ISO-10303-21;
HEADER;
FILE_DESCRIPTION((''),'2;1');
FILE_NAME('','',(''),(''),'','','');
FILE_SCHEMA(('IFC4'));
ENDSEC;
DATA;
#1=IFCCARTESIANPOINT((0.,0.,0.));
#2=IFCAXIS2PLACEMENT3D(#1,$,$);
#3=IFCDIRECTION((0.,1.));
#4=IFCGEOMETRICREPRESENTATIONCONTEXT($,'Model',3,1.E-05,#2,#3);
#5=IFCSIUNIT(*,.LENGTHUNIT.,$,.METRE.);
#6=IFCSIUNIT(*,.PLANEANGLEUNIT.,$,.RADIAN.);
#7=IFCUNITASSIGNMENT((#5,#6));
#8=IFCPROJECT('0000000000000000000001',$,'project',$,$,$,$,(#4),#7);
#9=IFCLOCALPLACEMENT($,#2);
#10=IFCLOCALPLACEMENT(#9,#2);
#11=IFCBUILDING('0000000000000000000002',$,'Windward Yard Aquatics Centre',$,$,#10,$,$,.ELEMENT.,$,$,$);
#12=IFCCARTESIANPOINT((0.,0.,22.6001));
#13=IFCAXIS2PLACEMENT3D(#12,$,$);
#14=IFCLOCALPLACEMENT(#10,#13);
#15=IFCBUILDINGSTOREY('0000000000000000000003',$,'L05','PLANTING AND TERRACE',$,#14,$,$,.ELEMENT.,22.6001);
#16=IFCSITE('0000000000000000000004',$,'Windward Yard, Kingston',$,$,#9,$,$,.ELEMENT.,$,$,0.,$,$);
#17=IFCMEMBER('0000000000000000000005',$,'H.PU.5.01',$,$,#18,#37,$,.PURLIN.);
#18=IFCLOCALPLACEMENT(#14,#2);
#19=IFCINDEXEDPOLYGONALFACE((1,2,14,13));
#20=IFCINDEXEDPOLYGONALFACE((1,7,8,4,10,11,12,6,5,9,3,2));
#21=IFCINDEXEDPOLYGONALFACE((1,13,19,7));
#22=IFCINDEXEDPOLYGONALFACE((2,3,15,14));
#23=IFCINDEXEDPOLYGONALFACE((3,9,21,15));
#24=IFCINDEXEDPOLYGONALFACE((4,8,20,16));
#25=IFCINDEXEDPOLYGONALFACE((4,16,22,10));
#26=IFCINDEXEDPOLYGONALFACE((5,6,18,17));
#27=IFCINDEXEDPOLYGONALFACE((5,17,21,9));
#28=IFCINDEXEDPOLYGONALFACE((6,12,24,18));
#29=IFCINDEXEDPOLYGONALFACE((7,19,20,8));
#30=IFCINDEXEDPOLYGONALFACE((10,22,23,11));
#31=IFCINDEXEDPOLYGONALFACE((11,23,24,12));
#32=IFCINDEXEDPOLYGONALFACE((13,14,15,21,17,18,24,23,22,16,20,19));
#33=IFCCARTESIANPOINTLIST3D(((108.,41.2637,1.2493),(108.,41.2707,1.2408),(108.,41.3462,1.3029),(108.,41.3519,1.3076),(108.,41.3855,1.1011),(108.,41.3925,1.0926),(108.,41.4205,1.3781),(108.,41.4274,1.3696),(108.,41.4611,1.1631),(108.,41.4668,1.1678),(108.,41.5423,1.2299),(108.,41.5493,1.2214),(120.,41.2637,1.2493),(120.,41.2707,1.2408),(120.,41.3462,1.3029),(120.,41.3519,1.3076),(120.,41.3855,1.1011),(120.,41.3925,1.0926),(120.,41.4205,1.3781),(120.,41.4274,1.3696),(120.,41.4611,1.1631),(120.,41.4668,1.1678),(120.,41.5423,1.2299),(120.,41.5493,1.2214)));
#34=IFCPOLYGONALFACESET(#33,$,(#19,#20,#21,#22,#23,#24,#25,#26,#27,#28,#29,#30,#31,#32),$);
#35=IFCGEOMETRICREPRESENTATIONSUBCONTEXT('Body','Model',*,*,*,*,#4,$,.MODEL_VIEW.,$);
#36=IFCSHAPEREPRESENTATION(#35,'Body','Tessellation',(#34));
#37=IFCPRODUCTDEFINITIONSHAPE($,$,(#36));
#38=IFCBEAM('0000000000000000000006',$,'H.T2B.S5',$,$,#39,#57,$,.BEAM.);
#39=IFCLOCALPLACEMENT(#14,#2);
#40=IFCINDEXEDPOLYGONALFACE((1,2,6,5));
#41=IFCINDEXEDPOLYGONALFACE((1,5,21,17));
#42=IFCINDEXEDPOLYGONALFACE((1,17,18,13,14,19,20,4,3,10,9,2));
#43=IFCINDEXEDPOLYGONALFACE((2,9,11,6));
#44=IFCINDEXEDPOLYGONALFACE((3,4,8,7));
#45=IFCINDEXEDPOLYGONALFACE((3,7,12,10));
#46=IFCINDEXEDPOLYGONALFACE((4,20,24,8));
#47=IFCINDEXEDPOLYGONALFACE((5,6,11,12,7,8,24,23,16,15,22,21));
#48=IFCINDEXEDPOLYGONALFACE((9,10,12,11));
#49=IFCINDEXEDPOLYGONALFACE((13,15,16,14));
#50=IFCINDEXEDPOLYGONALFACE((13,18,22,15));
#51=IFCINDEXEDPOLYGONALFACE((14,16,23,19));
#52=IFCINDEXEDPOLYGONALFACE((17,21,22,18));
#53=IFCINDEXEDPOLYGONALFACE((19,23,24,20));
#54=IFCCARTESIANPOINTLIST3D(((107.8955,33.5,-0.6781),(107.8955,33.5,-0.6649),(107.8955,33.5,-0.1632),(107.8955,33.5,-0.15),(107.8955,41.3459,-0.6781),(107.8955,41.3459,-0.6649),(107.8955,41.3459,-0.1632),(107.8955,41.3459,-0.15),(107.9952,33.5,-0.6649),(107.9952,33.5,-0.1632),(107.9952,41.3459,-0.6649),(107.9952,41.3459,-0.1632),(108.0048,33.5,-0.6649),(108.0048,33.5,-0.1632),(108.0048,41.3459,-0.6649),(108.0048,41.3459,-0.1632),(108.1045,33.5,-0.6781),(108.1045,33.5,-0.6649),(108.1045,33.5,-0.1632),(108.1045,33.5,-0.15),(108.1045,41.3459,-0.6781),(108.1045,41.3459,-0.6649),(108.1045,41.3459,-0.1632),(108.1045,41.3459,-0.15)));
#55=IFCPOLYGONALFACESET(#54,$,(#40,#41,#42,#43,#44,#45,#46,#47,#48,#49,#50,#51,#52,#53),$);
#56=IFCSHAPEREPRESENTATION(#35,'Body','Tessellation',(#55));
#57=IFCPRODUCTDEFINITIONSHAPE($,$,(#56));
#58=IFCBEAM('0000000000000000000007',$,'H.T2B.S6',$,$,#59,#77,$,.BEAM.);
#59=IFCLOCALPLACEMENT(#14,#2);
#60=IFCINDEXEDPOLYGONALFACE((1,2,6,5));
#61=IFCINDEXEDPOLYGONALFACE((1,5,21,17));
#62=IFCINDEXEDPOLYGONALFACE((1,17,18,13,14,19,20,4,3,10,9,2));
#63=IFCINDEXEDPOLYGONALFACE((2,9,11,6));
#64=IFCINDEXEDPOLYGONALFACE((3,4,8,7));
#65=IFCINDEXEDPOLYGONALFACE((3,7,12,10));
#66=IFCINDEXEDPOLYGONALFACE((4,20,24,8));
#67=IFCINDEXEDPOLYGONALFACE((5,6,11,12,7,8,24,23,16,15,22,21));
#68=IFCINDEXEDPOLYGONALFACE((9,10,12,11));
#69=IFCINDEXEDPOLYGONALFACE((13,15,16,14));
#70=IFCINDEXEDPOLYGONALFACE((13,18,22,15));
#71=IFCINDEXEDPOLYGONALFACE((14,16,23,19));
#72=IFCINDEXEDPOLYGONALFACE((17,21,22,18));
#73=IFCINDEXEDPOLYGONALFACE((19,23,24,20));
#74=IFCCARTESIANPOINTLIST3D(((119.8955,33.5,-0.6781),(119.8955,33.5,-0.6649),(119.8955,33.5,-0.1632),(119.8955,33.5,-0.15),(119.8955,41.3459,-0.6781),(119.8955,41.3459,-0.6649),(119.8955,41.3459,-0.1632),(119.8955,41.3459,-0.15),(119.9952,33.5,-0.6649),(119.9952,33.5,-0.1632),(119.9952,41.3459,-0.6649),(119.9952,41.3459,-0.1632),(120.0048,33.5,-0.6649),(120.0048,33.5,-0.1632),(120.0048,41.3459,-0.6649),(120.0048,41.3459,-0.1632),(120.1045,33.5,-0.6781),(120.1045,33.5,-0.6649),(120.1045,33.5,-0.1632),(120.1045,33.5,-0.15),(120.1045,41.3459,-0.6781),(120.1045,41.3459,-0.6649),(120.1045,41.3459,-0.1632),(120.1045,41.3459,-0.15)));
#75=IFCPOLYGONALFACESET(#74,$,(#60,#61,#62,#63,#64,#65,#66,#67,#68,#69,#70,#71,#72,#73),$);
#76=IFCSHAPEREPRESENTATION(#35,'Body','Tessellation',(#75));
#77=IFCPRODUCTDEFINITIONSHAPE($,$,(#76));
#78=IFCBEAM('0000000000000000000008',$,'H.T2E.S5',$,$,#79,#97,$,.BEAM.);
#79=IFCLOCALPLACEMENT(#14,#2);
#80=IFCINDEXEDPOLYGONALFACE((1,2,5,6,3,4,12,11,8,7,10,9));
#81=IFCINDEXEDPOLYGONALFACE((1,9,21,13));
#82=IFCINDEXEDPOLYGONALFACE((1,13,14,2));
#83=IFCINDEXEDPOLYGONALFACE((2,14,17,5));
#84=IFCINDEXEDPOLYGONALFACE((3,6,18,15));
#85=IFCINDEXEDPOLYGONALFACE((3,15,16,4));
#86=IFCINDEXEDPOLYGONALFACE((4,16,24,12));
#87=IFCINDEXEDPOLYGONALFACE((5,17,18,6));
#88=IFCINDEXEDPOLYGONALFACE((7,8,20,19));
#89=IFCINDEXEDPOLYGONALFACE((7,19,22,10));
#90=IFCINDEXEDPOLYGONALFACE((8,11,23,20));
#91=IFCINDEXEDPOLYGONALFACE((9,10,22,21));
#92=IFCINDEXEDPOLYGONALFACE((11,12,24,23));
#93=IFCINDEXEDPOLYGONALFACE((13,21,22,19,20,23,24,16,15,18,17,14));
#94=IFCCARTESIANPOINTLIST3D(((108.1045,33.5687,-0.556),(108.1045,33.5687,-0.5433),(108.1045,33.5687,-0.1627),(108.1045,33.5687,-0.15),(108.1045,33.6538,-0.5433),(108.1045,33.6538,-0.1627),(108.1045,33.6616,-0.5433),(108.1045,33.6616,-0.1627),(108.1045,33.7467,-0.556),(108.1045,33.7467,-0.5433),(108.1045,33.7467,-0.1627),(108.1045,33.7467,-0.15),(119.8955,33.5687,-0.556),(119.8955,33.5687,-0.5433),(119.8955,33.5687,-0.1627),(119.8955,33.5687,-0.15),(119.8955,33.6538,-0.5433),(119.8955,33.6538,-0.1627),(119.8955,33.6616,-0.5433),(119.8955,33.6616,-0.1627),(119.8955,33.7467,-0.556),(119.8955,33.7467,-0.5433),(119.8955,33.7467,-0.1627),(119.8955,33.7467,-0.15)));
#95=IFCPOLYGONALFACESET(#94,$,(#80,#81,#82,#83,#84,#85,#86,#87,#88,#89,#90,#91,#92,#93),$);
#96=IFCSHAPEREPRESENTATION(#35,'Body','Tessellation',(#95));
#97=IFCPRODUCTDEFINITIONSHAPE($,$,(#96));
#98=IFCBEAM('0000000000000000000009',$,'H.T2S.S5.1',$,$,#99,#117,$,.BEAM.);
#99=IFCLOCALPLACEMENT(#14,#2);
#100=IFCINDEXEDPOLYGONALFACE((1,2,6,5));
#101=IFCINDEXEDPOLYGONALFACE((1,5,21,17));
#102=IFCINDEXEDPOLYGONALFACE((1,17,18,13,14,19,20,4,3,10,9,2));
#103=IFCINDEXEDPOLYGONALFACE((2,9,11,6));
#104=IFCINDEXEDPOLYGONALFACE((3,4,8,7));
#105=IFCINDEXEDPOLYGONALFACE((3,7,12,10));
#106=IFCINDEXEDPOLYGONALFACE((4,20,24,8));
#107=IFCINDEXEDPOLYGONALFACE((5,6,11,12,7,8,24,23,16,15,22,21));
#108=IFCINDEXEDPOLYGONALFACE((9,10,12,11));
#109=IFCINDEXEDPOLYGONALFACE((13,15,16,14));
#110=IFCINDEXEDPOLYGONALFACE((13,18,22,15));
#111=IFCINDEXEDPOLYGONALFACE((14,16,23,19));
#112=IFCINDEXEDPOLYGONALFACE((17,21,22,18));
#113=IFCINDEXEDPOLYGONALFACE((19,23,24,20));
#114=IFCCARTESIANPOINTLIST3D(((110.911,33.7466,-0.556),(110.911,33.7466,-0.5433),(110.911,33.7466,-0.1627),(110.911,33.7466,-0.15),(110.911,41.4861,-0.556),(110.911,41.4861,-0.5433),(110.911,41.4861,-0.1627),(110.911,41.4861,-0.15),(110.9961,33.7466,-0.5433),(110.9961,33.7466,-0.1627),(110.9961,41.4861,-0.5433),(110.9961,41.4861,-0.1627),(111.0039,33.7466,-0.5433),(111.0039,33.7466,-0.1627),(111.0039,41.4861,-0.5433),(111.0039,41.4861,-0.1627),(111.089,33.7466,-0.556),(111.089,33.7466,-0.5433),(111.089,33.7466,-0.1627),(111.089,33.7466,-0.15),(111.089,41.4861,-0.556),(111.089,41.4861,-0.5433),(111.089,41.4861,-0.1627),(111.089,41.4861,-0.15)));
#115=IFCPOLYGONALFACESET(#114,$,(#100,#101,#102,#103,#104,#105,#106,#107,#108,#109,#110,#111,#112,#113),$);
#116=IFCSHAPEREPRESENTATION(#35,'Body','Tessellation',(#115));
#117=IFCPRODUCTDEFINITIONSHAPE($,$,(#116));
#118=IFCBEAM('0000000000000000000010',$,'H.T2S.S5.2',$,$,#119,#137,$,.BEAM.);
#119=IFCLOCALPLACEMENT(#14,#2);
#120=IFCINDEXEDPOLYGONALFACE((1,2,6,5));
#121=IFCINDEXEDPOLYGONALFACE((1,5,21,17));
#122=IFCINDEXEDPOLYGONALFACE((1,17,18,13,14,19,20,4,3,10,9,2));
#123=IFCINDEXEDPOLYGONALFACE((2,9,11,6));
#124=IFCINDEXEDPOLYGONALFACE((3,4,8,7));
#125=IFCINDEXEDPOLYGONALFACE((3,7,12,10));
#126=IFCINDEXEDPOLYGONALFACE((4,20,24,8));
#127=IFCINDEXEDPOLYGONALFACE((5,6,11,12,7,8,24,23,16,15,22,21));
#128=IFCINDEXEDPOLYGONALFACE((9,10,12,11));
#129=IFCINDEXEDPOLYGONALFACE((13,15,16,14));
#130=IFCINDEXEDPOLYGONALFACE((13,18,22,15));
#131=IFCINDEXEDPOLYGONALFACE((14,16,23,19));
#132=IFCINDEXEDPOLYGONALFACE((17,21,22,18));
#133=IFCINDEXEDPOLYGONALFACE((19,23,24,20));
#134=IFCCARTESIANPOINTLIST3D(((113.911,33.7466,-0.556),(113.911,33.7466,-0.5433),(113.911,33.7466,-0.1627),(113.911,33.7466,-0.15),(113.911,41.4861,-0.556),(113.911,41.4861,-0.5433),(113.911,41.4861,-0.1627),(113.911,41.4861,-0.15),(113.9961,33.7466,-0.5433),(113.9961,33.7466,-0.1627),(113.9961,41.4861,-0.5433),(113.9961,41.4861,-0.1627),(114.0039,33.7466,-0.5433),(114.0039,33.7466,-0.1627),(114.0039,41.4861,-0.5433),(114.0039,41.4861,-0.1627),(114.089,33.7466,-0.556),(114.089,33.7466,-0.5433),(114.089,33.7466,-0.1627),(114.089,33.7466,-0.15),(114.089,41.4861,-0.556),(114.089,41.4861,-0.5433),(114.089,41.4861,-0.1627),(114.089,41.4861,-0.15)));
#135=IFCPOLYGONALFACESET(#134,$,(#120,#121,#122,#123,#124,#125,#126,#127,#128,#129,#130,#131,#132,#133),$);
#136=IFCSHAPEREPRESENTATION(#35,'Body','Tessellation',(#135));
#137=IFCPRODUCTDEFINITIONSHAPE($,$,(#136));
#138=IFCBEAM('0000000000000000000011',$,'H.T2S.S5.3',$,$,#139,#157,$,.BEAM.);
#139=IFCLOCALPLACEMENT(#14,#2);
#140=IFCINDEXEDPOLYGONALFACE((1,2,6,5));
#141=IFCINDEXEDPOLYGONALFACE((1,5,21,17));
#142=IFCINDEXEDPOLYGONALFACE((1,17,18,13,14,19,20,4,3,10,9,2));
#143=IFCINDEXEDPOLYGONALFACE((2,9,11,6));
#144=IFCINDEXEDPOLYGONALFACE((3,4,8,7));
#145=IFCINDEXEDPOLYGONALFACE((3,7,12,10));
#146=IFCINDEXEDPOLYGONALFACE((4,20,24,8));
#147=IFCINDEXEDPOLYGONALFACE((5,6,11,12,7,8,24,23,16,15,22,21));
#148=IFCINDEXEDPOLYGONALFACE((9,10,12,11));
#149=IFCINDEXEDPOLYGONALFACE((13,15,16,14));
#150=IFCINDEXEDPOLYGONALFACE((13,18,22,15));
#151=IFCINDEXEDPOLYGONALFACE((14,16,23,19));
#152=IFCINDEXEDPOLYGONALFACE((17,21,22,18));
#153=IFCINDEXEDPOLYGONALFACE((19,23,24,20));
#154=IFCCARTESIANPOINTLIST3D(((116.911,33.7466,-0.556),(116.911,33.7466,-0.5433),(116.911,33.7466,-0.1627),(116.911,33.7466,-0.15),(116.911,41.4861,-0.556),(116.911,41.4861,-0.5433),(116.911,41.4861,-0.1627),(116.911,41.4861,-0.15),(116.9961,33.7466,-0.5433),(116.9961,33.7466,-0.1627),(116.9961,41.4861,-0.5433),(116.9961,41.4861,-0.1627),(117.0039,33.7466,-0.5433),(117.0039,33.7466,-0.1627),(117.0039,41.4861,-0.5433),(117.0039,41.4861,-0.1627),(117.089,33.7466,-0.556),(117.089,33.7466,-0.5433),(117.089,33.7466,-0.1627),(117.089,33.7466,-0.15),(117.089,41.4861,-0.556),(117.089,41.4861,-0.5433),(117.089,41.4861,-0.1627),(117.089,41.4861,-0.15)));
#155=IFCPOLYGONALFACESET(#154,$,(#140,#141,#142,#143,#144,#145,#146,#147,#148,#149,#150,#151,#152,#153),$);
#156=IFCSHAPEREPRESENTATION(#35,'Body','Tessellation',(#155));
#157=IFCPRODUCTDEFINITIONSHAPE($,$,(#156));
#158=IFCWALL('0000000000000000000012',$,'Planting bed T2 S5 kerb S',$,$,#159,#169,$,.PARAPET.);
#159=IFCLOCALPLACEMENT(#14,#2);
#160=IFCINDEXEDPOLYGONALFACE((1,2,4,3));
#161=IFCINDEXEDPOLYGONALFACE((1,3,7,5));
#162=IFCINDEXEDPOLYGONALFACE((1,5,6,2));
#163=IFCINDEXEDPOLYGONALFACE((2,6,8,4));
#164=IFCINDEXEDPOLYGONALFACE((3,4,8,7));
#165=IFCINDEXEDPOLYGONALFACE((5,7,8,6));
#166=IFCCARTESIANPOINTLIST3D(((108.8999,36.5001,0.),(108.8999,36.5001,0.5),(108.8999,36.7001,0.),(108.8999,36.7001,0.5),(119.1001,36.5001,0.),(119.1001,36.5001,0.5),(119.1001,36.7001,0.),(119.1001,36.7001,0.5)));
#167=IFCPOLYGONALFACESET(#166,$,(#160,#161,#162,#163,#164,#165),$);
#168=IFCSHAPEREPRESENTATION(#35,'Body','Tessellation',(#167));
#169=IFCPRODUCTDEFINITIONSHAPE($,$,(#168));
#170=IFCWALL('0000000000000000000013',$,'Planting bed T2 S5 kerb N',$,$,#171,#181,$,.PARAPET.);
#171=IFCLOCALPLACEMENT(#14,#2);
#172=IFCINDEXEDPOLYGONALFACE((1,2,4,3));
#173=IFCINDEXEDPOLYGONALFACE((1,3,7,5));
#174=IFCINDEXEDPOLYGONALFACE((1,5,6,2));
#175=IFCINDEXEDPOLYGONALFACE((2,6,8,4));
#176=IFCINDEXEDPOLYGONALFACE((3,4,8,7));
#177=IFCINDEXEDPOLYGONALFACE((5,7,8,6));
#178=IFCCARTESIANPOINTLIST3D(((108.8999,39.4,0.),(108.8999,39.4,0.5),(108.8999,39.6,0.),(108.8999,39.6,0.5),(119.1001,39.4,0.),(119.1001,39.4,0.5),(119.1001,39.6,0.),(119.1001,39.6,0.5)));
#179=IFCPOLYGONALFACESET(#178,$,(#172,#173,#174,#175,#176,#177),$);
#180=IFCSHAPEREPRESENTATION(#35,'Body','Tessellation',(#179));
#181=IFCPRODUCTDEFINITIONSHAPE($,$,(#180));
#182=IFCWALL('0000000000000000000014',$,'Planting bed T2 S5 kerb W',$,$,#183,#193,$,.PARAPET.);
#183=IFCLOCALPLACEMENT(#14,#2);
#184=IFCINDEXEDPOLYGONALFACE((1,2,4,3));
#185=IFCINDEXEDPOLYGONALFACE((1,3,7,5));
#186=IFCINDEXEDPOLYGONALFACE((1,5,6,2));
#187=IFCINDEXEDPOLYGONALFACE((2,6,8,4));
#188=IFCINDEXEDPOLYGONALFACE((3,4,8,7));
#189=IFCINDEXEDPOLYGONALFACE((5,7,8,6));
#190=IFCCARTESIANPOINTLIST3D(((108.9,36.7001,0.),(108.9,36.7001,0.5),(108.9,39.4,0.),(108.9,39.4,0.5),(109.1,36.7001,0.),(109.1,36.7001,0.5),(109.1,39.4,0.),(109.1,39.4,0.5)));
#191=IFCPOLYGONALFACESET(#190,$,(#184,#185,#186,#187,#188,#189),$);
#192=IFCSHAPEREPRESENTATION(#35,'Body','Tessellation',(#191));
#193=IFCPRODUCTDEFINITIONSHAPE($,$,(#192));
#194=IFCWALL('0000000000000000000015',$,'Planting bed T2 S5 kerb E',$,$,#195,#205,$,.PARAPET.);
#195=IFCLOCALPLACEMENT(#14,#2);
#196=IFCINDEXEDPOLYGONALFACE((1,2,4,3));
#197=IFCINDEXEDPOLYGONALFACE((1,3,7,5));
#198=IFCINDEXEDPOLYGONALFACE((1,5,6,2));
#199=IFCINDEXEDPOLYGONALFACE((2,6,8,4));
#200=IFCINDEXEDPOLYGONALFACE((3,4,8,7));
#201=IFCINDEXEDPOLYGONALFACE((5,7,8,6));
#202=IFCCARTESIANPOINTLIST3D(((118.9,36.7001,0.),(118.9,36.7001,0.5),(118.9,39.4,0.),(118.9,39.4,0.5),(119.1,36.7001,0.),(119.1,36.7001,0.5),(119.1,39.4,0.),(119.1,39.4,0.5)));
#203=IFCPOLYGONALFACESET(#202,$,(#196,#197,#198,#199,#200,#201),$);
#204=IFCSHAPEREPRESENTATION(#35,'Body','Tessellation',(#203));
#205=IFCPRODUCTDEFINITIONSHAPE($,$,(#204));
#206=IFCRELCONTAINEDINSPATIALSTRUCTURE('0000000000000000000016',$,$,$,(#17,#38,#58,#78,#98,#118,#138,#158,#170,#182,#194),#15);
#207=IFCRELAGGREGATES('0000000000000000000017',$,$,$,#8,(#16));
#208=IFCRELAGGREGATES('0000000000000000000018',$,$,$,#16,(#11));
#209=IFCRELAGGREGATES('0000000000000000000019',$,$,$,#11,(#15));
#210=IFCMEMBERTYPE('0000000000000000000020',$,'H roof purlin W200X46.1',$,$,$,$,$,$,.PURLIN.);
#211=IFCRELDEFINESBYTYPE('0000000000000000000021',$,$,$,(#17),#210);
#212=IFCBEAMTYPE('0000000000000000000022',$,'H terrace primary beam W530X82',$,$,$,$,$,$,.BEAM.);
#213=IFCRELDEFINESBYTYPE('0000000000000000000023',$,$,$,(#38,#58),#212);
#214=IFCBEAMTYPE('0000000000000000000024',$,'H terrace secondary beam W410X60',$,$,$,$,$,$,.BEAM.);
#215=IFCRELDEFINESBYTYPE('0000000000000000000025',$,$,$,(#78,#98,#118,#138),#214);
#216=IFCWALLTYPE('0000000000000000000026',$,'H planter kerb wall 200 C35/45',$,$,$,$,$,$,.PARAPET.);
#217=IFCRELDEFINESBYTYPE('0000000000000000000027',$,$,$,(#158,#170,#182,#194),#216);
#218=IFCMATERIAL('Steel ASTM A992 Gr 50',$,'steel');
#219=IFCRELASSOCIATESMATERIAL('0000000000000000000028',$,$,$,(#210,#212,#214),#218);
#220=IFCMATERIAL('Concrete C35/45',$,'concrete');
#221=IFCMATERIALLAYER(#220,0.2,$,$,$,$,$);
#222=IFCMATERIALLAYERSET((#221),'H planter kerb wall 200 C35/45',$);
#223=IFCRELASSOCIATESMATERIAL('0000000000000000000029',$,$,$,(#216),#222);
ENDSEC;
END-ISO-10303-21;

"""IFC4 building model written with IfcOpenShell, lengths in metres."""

from ifc_helpers import new_model, si_unit, direction, frame, frame_2d, origin, origin_2d, place, context, subcontext, project, spatial, rectangle, i_section, extrude, material, layer, layer_set, material_profile, profile_set, type_object, element, save


model = new_model("IFC4")

# Units and contexts
model_context = context("Model", 3, precision=1e-05, world=origin(), true_north=direction((0.0, 1.0)))
body_context = subcontext(model_context, "Body", "Model", "MODEL_VIEW")
ifc_project = project(units=[si_unit("LENGTHUNIT", "METRE"), si_unit("PLANEANGLEUNIT", "RADIAN")], contexts=[model_context])

# Site, building, storey
site_placement = place(None, origin())
site = spatial("IfcSite", under=ifc_project, at=site_placement, Name="Windward Yard, Kingston", CompositionType="ELEMENT", RefElevation=0.0)
building_placement = place(site_placement, origin())
building = spatial("IfcBuilding", under=site, at=building_placement, Name="Windward Yard Aquatics Centre", CompositionType="ELEMENT")
storey_placement = place(building_placement, frame((0.0, 0.0, 22.6001)))
storey = spatial("IfcBuildingStorey", under=building, at=storey_placement, Name="L05", Description="PLANTING AND TERRACE", CompositionType="ELEMENT", Elevation=22.6001)

# Member
ifc_material_1 = material(Name="Steel ASTM A992 Gr 50", Category="steel")
ifc_material_profile_1 = material_profile(ifc_material_1, i_section(OverallWidth=0.2029, OverallDepth=0.2029, WebThickness=0.0073, FlangeThickness=0.011, at=origin_2d()), Name="W200X46.1")
ifc_profile_set_1 = profile_set([ifc_material_profile_1], Name="Steel ASTM A992 Gr 50")
member_type = type_object("IfcMemberType", Name="H roof purlin W200X46.1", PredefinedType="PURLIN", material=ifc_profile_set_1)
member_placement = place(storey_placement, frame((108.0, 41.4065, 1.2354), z_axis=(1.0, 0.0, 0.0), x_axis=(0.0, 0.772611, 0.63488)))
element("IfcMember", 1, at=member_placement, inside=storey, type_object=member_type, Name="H.PU.5.01", PredefinedType="PURLIN", context=body_context, shape_type="SweptSolid", body=[
    extrude(i_section(OverallWidth=0.2029, OverallDepth=0.2029, WebThickness=0.0073, FlangeThickness=0.011, at=origin_2d()), origin(), (0.0, 0.0, 1.0), 12.0),
])

# Beams
ifc_material_profile_2 = material_profile(ifc_material_1, i_section(OverallWidth=0.209, OverallDepth=0.5281, WebThickness=0.0095, FlangeThickness=0.0132, at=origin_2d()), Name="W530X82")
ifc_profile_set_2 = profile_set([ifc_material_profile_2], Name="Steel ASTM A992 Gr 50")
beam_type_1 = type_object("IfcBeamType", Name="H terrace primary beam W530X82", PredefinedType="BEAM", material=ifc_profile_set_2)
for number, where, z_axis, x_axis, name in (
    (2, (108.0, 33.5, -0.4141), (0.0, 1.0, 0.0), (-1.0, 0.0, 0.0), "H.T2B.S5"),
    (3, (120.0, 33.5, -0.4141), (0.0, 1.0, 0.0), (-1.0, 0.0, 0.0), "H.T2B.S6"),
):
    element("IfcBeam", number, at=place(storey_placement, frame(where, z_axis=z_axis, x_axis=x_axis)), inside=storey, type_object=beam_type_1, Name=name, PredefinedType="BEAM", context=body_context, shape_type="SweptSolid", body=[
        extrude(i_section(OverallWidth=0.209, OverallDepth=0.5281, WebThickness=0.0095, FlangeThickness=0.0132, at=origin_2d()), origin(), (0.0, 0.0, 1.0), 7.8459),
    ])
ifc_material_profile_3 = material_profile(ifc_material_1, i_section(OverallWidth=0.178, OverallDepth=0.406, WebThickness=0.0078, FlangeThickness=0.0127, at=origin_2d()), Name="W410X60")
ifc_profile_set_3 = profile_set([ifc_material_profile_3], Name="Steel ASTM A992 Gr 50")
beam_type_2 = type_object("IfcBeamType", Name="H terrace secondary beam W410X60", PredefinedType="BEAM", material=ifc_profile_set_3)
beam_placement = place(storey_placement, frame((108.1045, 33.6577, -0.353), z_axis=(1.0, 0.0, 0.0), x_axis=(0.0, 1.0, 0.0)))
element("IfcBeam", 4, at=beam_placement, inside=storey, type_object=beam_type_2, Name="H.T2E.S5", PredefinedType="BEAM", context=body_context, shape_type="SweptSolid", body=[
    extrude(i_section(OverallWidth=0.178, OverallDepth=0.406, WebThickness=0.0078, FlangeThickness=0.0127, at=origin_2d()), origin(), (0.0, 0.0, 1.0), 11.791),
])
for number, where, z_axis, x_axis, name in (
    (5, (111.0, 33.7466, -0.353), (0.0, 1.0, 0.0), (-1.0, 0.0, 0.0), "H.T2S.S5.1"),
    (6, (114.0, 33.7466, -0.353), (0.0, 1.0, 0.0), (-1.0, 0.0, 0.0), "H.T2S.S5.2"),
    (7, (117.0, 33.7466, -0.353), (0.0, 1.0, 0.0), (-1.0, 0.0, 0.0), "H.T2S.S5.3"),
):
    element("IfcBeam", number, at=place(storey_placement, frame(where, z_axis=z_axis, x_axis=x_axis)), inside=storey, type_object=beam_type_2, Name=name, PredefinedType="BEAM", context=body_context, shape_type="SweptSolid", body=[
        extrude(i_section(OverallWidth=0.178, OverallDepth=0.406, WebThickness=0.0078, FlangeThickness=0.0127, at=origin_2d()), origin(), (0.0, 0.0, 1.0), 7.7395),
    ])

# Walls
ifc_material_2 = material(Name="Concrete C35/45", Category="concrete")
ifc_layer_1 = layer(ifc_material_2, 0.2)
ifc_layer_set_1 = layer_set([ifc_layer_1], Name="H planter kerb wall 200 C35/45")
wall_type = type_object("IfcWallType", Name="H planter kerb wall 200 C35/45", PredefinedType="PARAPET", material=ifc_layer_set_1)
for number, where, z_axis, x_axis, name in (
    (8, (108.8999, 36.6001, 0.0), (0.0, 0.0, 1.0), (1.0, 0.0, 0.0), "Planting bed T2 S5 kerb S"),
    (9, (108.8999, 39.5, 0.0), (0.0, 0.0, 1.0), (1.0, 0.0, 0.0), "Planting bed T2 S5 kerb N"),
):
    element("IfcWall", number, at=place(storey_placement, frame(where, z_axis=z_axis, x_axis=x_axis)), inside=storey, type_object=wall_type, Name=name, PredefinedType="PARAPET", context=body_context, shape_type="SweptSolid", body=[
        extrude(rectangle(XDim=10.2002, YDim=0.2, at=frame_2d((5.1001, 0.0))), origin(), (0.0, 0.0, 1.0), 0.5),
    ])
for number, where, z_axis, x_axis, name in (
    (10, (109.0, 36.7, 0.0), (0.0, 0.0, 1.0), (0.0, 1.0, 0.0), "Planting bed T2 S5 kerb W"),
    (11, (119.0, 36.7, 0.0), (0.0, 0.0, 1.0), (0.0, 1.0, 0.0), "Planting bed T2 S5 kerb E"),
):
    element("IfcWall", number, at=place(storey_placement, frame(where, z_axis=z_axis, x_axis=x_axis)), inside=storey, type_object=wall_type, Name=name, PredefinedType="PARAPET", context=body_context, shape_type="SweptSolid", body=[
        extrude(rectangle(XDim=2.7, YDim=0.2, at=frame_2d((1.3501, 0.0))), origin(), (0.0, 0.0, 1.0), 0.5),
    ])

save(model, "model.ifc")
